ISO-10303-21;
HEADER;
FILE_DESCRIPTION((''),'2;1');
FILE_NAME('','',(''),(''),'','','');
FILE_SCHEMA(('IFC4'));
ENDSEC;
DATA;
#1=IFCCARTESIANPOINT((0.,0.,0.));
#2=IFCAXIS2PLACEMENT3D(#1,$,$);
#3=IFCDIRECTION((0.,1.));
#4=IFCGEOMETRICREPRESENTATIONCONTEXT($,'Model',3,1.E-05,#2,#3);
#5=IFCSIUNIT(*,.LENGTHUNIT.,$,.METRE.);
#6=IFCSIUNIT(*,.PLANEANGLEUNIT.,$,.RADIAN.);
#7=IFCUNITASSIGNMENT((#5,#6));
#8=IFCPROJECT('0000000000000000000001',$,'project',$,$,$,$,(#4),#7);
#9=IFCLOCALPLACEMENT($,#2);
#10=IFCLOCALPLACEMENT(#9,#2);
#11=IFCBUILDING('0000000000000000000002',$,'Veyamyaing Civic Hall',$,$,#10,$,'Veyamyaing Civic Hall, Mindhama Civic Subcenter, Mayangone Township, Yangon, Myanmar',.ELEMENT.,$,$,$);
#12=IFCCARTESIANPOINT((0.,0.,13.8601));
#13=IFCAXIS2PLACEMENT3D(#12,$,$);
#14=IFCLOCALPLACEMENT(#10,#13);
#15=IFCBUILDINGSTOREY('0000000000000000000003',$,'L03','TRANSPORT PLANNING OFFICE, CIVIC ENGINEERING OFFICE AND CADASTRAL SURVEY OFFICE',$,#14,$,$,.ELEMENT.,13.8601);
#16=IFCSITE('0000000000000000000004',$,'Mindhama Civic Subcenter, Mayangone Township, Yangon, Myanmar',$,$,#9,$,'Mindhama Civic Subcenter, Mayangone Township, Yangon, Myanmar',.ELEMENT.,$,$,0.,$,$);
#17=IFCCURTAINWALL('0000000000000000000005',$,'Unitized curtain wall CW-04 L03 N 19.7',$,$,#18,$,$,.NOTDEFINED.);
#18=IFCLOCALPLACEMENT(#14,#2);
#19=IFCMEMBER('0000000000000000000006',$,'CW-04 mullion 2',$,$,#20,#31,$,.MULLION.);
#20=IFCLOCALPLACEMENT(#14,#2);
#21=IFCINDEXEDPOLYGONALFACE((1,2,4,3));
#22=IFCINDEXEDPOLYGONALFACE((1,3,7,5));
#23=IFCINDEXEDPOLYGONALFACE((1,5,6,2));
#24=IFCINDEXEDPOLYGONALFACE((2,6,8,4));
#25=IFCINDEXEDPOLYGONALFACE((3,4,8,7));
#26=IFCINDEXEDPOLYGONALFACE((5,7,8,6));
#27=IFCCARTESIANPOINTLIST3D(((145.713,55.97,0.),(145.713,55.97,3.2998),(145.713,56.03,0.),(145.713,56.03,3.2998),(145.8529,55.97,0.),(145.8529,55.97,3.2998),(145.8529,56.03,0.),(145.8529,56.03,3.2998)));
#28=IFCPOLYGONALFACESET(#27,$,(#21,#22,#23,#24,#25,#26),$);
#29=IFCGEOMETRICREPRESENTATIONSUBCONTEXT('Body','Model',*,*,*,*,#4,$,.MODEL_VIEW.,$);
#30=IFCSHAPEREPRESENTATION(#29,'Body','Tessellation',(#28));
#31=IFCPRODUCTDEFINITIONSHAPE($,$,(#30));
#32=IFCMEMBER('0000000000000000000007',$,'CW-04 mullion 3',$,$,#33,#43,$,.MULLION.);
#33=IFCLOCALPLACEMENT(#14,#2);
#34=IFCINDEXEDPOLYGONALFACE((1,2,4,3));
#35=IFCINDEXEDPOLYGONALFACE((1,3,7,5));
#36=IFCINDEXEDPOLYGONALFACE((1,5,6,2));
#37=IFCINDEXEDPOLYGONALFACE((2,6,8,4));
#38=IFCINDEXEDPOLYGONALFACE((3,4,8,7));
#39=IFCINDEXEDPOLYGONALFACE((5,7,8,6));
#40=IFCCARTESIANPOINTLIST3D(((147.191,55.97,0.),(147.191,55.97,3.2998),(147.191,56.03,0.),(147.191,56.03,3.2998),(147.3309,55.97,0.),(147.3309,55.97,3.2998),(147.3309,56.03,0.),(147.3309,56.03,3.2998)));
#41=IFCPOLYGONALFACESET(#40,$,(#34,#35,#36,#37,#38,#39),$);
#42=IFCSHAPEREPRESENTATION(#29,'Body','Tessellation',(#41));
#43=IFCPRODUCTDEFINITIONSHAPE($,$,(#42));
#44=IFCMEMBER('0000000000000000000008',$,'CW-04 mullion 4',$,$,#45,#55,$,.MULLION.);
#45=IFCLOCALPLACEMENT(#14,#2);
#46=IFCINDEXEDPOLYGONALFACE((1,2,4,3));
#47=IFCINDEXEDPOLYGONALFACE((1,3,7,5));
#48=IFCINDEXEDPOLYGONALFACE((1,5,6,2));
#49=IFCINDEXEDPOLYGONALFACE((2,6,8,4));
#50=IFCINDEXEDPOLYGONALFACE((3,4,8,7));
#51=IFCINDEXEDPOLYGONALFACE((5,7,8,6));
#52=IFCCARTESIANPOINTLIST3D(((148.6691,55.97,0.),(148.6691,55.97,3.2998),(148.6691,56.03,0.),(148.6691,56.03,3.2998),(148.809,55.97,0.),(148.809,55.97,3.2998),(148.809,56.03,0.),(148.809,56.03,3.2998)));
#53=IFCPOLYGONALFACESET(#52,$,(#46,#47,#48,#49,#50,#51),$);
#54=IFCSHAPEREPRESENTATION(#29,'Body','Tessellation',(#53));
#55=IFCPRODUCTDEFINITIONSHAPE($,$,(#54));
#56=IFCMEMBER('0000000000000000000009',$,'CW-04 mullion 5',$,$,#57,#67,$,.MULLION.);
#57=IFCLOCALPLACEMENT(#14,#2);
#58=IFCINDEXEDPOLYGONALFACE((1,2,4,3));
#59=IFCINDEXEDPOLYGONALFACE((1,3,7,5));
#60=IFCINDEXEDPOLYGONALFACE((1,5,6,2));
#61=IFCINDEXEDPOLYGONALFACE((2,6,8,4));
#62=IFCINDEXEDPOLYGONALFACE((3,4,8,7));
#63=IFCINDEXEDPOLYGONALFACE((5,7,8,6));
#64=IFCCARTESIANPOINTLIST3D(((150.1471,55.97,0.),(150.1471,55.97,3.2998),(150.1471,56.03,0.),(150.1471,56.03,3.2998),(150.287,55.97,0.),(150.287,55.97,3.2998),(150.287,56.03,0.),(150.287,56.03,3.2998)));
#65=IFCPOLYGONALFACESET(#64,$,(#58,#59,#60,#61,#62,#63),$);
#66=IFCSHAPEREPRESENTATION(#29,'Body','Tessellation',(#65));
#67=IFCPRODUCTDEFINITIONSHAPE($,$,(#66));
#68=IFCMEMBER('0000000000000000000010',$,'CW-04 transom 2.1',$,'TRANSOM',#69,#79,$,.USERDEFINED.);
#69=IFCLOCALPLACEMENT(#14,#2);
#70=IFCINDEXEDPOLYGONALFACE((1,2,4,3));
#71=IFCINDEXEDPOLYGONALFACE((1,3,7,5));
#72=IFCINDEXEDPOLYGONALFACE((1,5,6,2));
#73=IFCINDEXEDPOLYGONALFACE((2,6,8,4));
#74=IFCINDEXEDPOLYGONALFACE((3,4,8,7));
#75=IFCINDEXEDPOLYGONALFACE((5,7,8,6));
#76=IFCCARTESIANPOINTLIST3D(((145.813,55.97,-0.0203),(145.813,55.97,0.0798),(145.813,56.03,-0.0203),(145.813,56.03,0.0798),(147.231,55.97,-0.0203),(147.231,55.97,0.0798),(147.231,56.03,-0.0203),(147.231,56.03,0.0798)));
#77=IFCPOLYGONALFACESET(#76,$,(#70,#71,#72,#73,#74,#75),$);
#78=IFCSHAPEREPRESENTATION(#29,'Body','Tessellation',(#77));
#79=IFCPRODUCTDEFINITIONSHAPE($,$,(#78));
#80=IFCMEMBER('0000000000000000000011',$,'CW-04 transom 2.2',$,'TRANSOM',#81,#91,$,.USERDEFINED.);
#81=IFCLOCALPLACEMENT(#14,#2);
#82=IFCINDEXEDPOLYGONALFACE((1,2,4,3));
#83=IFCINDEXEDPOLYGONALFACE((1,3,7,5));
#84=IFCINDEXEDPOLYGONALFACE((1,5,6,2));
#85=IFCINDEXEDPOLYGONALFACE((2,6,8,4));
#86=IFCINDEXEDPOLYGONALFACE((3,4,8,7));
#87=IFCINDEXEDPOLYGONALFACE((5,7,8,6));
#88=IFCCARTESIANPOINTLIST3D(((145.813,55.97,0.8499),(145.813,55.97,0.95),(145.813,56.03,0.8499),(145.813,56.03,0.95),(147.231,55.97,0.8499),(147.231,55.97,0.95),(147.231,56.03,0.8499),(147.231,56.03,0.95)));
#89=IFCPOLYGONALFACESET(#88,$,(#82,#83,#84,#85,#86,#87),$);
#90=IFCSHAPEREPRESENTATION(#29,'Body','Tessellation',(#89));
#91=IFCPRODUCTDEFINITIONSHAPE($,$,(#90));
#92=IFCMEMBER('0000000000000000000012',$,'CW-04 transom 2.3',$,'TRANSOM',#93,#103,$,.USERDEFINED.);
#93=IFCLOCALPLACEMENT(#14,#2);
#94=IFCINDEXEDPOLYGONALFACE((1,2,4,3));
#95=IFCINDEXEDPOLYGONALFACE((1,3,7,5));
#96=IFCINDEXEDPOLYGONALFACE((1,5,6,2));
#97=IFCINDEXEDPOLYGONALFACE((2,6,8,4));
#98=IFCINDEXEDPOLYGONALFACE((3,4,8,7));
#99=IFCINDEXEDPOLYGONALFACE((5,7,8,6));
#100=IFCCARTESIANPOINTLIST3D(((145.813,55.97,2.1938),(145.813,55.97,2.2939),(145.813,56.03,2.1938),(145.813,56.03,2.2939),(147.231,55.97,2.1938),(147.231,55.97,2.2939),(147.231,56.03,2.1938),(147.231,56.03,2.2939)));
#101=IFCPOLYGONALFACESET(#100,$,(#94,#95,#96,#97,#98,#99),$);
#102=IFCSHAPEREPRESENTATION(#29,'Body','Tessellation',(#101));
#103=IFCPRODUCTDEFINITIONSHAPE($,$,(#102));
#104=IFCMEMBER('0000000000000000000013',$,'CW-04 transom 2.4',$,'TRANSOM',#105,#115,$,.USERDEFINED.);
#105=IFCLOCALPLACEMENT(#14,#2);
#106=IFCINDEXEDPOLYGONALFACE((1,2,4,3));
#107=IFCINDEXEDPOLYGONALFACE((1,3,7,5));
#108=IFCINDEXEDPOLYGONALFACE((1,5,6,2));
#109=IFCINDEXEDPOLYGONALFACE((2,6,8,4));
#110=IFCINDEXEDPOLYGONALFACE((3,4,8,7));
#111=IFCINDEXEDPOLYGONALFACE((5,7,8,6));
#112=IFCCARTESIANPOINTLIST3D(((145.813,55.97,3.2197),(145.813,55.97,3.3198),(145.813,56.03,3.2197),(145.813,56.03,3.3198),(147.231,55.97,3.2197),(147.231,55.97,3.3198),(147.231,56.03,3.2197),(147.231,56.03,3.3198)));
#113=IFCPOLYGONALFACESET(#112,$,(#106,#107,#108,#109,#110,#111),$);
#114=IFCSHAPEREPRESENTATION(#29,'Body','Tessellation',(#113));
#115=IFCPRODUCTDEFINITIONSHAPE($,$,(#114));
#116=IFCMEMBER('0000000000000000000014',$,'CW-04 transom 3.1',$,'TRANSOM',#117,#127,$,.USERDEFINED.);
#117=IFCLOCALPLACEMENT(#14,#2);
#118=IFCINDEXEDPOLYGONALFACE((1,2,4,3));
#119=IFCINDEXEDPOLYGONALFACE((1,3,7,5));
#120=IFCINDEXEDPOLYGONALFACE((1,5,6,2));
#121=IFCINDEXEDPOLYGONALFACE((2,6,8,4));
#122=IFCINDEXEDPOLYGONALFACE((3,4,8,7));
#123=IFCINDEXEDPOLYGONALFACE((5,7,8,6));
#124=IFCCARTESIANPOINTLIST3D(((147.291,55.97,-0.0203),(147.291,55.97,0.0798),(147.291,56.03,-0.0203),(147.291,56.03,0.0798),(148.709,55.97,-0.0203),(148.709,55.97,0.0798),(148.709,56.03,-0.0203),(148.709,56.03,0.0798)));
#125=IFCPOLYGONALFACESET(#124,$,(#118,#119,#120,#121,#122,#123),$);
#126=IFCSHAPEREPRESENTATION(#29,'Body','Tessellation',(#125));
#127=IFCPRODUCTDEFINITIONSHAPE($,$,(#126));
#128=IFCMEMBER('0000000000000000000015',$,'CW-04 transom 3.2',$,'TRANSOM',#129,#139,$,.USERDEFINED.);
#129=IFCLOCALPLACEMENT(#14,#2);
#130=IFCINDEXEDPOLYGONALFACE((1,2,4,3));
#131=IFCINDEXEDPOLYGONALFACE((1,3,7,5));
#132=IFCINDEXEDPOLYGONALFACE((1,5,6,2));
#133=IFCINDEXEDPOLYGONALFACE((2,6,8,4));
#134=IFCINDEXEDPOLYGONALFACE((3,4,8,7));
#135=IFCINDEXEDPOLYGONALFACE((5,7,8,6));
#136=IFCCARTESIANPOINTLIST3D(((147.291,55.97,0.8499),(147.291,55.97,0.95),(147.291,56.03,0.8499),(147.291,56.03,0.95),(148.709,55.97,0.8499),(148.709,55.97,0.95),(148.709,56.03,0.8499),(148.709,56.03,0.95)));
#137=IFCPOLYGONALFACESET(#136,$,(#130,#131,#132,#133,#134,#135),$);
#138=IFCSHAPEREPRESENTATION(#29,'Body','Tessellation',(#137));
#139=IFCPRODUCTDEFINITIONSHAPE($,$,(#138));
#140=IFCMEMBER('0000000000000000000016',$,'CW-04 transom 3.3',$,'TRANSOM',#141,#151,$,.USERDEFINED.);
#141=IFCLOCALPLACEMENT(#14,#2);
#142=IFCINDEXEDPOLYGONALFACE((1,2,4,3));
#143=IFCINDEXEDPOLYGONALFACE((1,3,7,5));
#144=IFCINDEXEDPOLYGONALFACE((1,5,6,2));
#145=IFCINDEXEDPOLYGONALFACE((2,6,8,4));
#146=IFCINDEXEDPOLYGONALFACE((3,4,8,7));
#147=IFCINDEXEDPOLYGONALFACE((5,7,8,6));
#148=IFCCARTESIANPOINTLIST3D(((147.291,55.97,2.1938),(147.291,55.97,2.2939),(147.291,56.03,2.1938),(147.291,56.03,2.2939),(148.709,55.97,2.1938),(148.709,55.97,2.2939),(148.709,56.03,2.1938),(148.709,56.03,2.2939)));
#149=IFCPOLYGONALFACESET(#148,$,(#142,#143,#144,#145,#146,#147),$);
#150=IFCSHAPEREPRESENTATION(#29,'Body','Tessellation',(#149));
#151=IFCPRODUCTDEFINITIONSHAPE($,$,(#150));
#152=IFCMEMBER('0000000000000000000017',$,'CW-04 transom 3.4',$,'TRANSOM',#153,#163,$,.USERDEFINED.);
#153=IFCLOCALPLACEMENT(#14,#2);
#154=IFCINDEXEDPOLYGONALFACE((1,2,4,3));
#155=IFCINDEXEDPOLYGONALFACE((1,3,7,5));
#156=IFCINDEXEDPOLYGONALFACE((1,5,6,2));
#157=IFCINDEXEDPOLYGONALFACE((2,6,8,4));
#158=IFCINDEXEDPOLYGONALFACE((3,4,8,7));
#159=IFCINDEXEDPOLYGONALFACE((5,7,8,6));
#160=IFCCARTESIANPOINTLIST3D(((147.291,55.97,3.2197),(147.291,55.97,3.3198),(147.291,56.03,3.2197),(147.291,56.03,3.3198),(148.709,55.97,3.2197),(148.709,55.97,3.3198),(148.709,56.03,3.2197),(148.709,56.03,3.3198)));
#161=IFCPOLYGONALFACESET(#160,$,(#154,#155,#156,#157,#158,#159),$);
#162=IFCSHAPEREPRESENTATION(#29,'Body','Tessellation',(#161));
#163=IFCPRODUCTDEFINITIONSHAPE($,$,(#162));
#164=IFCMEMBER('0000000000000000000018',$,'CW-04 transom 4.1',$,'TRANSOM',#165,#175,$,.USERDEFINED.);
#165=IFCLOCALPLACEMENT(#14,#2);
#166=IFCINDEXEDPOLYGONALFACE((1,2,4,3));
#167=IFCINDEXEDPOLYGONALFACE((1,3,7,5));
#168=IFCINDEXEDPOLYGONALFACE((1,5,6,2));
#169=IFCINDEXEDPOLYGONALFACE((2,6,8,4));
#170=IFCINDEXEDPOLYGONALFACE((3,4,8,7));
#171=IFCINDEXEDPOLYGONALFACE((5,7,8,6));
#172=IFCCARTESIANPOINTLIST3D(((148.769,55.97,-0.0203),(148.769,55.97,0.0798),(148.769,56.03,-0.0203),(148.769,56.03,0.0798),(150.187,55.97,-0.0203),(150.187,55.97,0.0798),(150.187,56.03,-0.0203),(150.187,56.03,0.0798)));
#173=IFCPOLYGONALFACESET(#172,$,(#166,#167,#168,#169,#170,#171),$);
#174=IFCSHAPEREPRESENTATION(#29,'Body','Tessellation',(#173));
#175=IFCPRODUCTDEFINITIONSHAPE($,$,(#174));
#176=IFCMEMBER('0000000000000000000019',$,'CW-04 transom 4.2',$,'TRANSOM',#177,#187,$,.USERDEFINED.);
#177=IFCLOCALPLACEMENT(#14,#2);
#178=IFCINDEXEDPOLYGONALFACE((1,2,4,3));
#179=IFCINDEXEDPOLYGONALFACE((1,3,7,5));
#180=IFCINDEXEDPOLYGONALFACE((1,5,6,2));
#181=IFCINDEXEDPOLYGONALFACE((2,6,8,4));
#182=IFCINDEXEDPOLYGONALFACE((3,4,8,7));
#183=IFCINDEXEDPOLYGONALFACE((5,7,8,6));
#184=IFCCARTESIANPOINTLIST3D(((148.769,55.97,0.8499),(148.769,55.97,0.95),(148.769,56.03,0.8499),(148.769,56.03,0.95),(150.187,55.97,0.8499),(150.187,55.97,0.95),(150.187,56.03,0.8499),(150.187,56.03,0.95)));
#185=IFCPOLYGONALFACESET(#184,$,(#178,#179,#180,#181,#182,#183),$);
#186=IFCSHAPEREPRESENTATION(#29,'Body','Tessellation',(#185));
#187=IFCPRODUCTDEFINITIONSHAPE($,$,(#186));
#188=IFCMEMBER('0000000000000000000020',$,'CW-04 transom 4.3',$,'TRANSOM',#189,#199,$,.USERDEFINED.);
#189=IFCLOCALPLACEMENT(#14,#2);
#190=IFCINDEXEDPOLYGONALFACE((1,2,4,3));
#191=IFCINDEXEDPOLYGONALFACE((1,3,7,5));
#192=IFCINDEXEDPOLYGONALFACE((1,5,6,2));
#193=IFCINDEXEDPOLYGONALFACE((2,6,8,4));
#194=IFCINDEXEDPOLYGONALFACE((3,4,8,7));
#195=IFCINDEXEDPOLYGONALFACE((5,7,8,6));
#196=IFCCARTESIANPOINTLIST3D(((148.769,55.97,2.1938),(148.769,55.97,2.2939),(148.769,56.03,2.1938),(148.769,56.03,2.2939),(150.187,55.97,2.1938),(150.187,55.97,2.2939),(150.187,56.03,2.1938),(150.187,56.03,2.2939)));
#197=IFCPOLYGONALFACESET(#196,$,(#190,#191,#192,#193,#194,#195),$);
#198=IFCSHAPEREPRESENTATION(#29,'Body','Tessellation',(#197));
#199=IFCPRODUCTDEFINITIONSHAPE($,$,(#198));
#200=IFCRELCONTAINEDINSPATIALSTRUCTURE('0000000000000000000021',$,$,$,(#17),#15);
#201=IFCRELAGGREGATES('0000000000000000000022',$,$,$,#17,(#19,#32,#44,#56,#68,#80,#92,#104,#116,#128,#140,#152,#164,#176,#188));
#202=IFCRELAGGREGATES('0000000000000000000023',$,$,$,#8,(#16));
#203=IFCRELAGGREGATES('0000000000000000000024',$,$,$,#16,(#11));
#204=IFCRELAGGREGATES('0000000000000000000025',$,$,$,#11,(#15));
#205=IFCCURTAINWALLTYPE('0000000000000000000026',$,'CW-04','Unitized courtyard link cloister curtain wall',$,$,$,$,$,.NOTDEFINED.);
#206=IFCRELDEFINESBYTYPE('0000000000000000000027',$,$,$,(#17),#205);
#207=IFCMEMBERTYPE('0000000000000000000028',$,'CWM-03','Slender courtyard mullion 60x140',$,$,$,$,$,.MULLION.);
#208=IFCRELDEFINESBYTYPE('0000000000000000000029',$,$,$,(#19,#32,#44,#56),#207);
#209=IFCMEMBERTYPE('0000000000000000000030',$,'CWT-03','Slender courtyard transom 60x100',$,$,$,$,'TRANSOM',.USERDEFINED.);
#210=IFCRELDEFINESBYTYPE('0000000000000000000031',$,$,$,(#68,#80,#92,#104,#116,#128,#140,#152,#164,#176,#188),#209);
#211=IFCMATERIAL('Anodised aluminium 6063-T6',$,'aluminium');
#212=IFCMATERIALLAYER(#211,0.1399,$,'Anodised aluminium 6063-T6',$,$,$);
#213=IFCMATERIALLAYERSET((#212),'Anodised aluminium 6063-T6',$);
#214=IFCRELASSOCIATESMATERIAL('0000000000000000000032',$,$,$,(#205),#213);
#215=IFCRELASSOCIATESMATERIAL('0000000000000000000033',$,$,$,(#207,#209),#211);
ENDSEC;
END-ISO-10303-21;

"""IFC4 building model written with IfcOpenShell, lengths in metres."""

from ifc_helpers import new_model, si_unit, direction, frame, origin, origin_2d, place, context, subcontext, project, spatial, rectangle, extrude, material, layer, layer_set, material_profile, profile_set, type_object, element, aggregate, save


model = new_model("IFC4")

# Units and contexts
model_context = context("Model", 3, precision=1e-05, world=origin(), true_north=direction((0.0, 1.0)))
body_context = subcontext(model_context, "Body", "Model", "MODEL_VIEW")
ifc_project = project(units=[si_unit("LENGTHUNIT", "METRE"), si_unit("PLANEANGLEUNIT", "RADIAN")], contexts=[model_context])

# Site, building, storey
site_placement = place(None, origin())
site = spatial("IfcSite", under=ifc_project, at=site_placement, Name="Mindhama Civic Subcenter, Mayangone Township, Yangon, Myanmar", LongName="Mindhama Civic Subcenter, Mayangone Township, Yangon, Myanmar", CompositionType="ELEMENT", RefElevation=0.0)
building_placement = place(site_placement, origin())
building = spatial("IfcBuilding", under=site, at=building_placement, Name="Veyamyaing Civic Hall", LongName="Veyamyaing Civic Hall, Mindhama Civic Subcenter, Mayangone Township, Yangon, Myanmar", CompositionType="ELEMENT")
storey_placement = place(building_placement, frame((0.0, 0.0, 13.8601)))
storey = spatial("IfcBuildingStorey", under=building, at=storey_placement, Name="L03", Description="TRANSPORT PLANNING OFFICE, CIVIC ENGINEERING OFFICE AND CADASTRAL SURVEY OFFICE", CompositionType="ELEMENT", Elevation=13.8601)

# Curtain wall, members
ifc_material_1 = material(Name="Anodised aluminium 6063-T6", Category="aluminium")
ifc_layer_1 = layer(ifc_material_1, 0.1399, Name="Anodised aluminium 6063-T6")
ifc_layer_set_1 = layer_set([ifc_layer_1], Name="Anodised aluminium 6063-T6")
curtain_wall_type = type_object("IfcCurtainWallType", Name="CW-04", Description="Unitized courtyard link cloister curtain wall", PredefinedType="NOTDEFINED", material=ifc_layer_set_1)
curtain_wall_placement = place(storey_placement, origin())
curtain_wall = element("IfcCurtainWall", 1, at=curtain_wall_placement, inside=storey, type_object=curtain_wall_type, Name="Unitized curtain wall CW-04 L03 N 19.7", PredefinedType="NOTDEFINED")
ifc_material_profile_1 = material_profile(ifc_material_1, rectangle(XDim=0.0601, YDim=0.1399, at=origin_2d()), Name="ALU-MUL-60X140")
ifc_profile_set_1 = profile_set([ifc_material_profile_1], Name="Anodised aluminium 6063-T6")
member_type_1 = type_object("IfcMemberType", Name="CWM-03", Description="Slender courtyard mullion 60x140", PredefinedType="MULLION", material=ifc_profile_set_1)
member_1_placement = place(storey_placement, frame((145.783, 56.0, 0.0), z_axis=(0.0, 0.0, 1.0), x_axis=(0.0, 1.0, 0.0)))
member_1 = element("IfcMember", 2, at=member_1_placement, type_object=member_type_1, Name="CW-04 mullion 2", PredefinedType="MULLION", context=body_context, shape_type="SweptSolid", body=[
    extrude(rectangle(XDim=0.0601, YDim=0.1399, at=origin_2d()), origin(), (0.0, 0.0, 1.0), 3.2998),
])
member_2_placement = place(storey_placement, frame((147.261, 56.0, 0.0), z_axis=(0.0, 0.0, 1.0), x_axis=(0.0, 1.0, 0.0)))
member_2 = element("IfcMember", 3, at=member_2_placement, type_object=member_type_1, Name="CW-04 mullion 3", PredefinedType="MULLION", context=body_context, shape_type="SweptSolid", body=[
    extrude(rectangle(XDim=0.0601, YDim=0.1399, at=origin_2d()), origin(), (0.0, 0.0, 1.0), 3.2998),
])
member_3_placement = place(storey_placement, frame((148.739, 56.0, 0.0), z_axis=(0.0, 0.0, 1.0), x_axis=(0.0, 1.0, 0.0)))
member_3 = element("IfcMember", 4, at=member_3_placement, type_object=member_type_1, Name="CW-04 mullion 4", PredefinedType="MULLION", context=body_context, shape_type="SweptSolid", body=[
    extrude(rectangle(XDim=0.0601, YDim=0.1399, at=origin_2d()), origin(), (0.0, 0.0, 1.0), 3.2998),
])
member_4_placement = place(storey_placement, frame((150.217, 56.0, 0.0), z_axis=(0.0, 0.0, 1.0), x_axis=(0.0, 1.0, 0.0)))
member_4 = element("IfcMember", 5, at=member_4_placement, type_object=member_type_1, Name="CW-04 mullion 5", PredefinedType="MULLION", context=body_context, shape_type="SweptSolid", body=[
    extrude(rectangle(XDim=0.0601, YDim=0.1399, at=origin_2d()), origin(), (0.0, 0.0, 1.0), 3.2998),
])
ifc_material_profile_2 = material_profile(ifc_material_1, rectangle(XDim=0.0601, YDim=0.1001, at=origin_2d()), Name="ALU-TRN-60X100")
ifc_profile_set_2 = profile_set([ifc_material_profile_2], Name="Anodised aluminium 6063-T6")
member_type_2 = type_object("IfcMemberType", Name="CWT-03", Description="Slender courtyard transom 60x100", ElementType="TRANSOM", PredefinedType="USERDEFINED", material=ifc_profile_set_2)
member_5_placement = place(storey_placement, frame((145.813, 56.0, 0.0298), z_axis=(1.0, 0.0, 0.0), x_axis=(0.0, 1.0, 0.0)))
member_5 = element("IfcMember", 6, at=member_5_placement, type_object=member_type_2, Name="CW-04 transom 2.1", ObjectType="TRANSOM", PredefinedType="USERDEFINED", context=body_context, shape_type="SweptSolid", body=[
    extrude(rectangle(XDim=0.0601, YDim=0.1001, at=origin_2d()), origin(), (0.0, 0.0, 1.0), 1.418),
])
member_6_placement = place(storey_placement, frame((145.813, 56.0, 0.8999), z_axis=(1.0, 0.0, 0.0), x_axis=(0.0, 1.0, 0.0)))
member_6 = element("IfcMember", 7, at=member_6_placement, type_object=member_type_2, Name="CW-04 transom 2.2", ObjectType="TRANSOM", PredefinedType="USERDEFINED", context=body_context, shape_type="SweptSolid", body=[
    extrude(rectangle(XDim=0.0601, YDim=0.1001, at=origin_2d()), origin(), (0.0, 0.0, 1.0), 1.418),
])
member_7_placement = place(storey_placement, frame((145.813, 56.0, 2.2439), z_axis=(1.0, 0.0, 0.0), x_axis=(0.0, 1.0, 0.0)))
member_7 = element("IfcMember", 8, at=member_7_placement, type_object=member_type_2, Name="CW-04 transom 2.3", ObjectType="TRANSOM", PredefinedType="USERDEFINED", context=body_context, shape_type="SweptSolid", body=[
    extrude(rectangle(XDim=0.0601, YDim=0.1001, at=origin_2d()), origin(), (0.0, 0.0, 1.0), 1.418),
])
member_8_placement = place(storey_placement, frame((145.813, 56.0, 3.2698), z_axis=(1.0, 0.0, 0.0), x_axis=(0.0, 1.0, 0.0)))
member_8 = element("IfcMember", 9, at=member_8_placement, type_object=member_type_2, Name="CW-04 transom 2.4", ObjectType="TRANSOM", PredefinedType="USERDEFINED", context=body_context, shape_type="SweptSolid", body=[
    extrude(rectangle(XDim=0.0601, YDim=0.1001, at=origin_2d()), origin(), (0.0, 0.0, 1.0), 1.418),
])
member_9_placement = place(storey_placement, frame((147.291, 56.0, 0.0298), z_axis=(1.0, 0.0, 0.0), x_axis=(0.0, 1.0, 0.0)))
member_9 = element("IfcMember", 10, at=member_9_placement, type_object=member_type_2, Name="CW-04 transom 3.1", ObjectType="TRANSOM", PredefinedType="USERDEFINED", context=body_context, shape_type="SweptSolid", body=[
    extrude(rectangle(XDim=0.0601, YDim=0.1001, at=origin_2d()), origin(), (0.0, 0.0, 1.0), 1.418),
])
member_10_placement = place(storey_placement, frame((147.291, 56.0, 0.8999), z_axis=(1.0, 0.0, 0.0), x_axis=(0.0, 1.0, 0.0)))
member_10 = element("IfcMember", 11, at=member_10_placement, type_object=member_type_2, Name="CW-04 transom 3.2", ObjectType="TRANSOM", PredefinedType="USERDEFINED", context=body_context, shape_type="SweptSolid", body=[
    extrude(rectangle(XDim=0.0601, YDim=0.1001, at=origin_2d()), origin(), (0.0, 0.0, 1.0), 1.418),
])
member_11_placement = place(storey_placement, frame((147.291, 56.0, 2.2439), z_axis=(1.0, 0.0, 0.0), x_axis=(0.0, 1.0, 0.0)))
member_11 = element("IfcMember", 12, at=member_11_placement, type_object=member_type_2, Name="CW-04 transom 3.3", ObjectType="TRANSOM", PredefinedType="USERDEFINED", context=body_context, shape_type="SweptSolid", body=[
    extrude(rectangle(XDim=0.0601, YDim=0.1001, at=origin_2d()), origin(), (0.0, 0.0, 1.0), 1.418),
])
member_12_placement = place(storey_placement, frame((147.291, 56.0, 3.2698), z_axis=(1.0, 0.0, 0.0), x_axis=(0.0, 1.0, 0.0)))
member_12 = element("IfcMember", 13, at=member_12_placement, type_object=member_type_2, Name="CW-04 transom 3.4", ObjectType="TRANSOM", PredefinedType="USERDEFINED", context=body_context, shape_type="SweptSolid", body=[
    extrude(rectangle(XDim=0.0601, YDim=0.1001, at=origin_2d()), origin(), (0.0, 0.0, 1.0), 1.418),
])
member_13_placement = place(storey_placement, frame((148.769, 56.0, 0.0298), z_axis=(1.0, 0.0, 0.0), x_axis=(0.0, 1.0, 0.0)))
member_13 = element("IfcMember", 14, at=member_13_placement, type_object=member_type_2, Name="CW-04 transom 4.1", ObjectType="TRANSOM", PredefinedType="USERDEFINED", context=body_context, shape_type="SweptSolid", body=[
    extrude(rectangle(XDim=0.0601, YDim=0.1001, at=origin_2d()), origin(), (0.0, 0.0, 1.0), 1.418),
])
member_14_placement = place(storey_placement, frame((148.769, 56.0, 0.8999), z_axis=(1.0, 0.0, 0.0), x_axis=(0.0, 1.0, 0.0)))
member_14 = element("IfcMember", 15, at=member_14_placement, type_object=member_type_2, Name="CW-04 transom 4.2", ObjectType="TRANSOM", PredefinedType="USERDEFINED", context=body_context, shape_type="SweptSolid", body=[
    extrude(rectangle(XDim=0.0601, YDim=0.1001, at=origin_2d()), origin(), (0.0, 0.0, 1.0), 1.418),
])
member_15_placement = place(storey_placement, frame((148.769, 56.0, 2.2439), z_axis=(1.0, 0.0, 0.0), x_axis=(0.0, 1.0, 0.0)))
member_15 = element("IfcMember", 16, at=member_15_placement, type_object=member_type_2, Name="CW-04 transom 4.3", ObjectType="TRANSOM", PredefinedType="USERDEFINED", context=body_context, shape_type="SweptSolid", body=[
    extrude(rectangle(XDim=0.0601, YDim=0.1001, at=origin_2d()), origin(), (0.0, 0.0, 1.0), 1.418),
])
aggregate(curtain_wall, [member_1, member_2, member_3, member_4, member_5, member_6, member_7, member_8, member_9, member_10, member_11, member_12, member_13, member_14, member_15])

save(model, "model.ifc")
